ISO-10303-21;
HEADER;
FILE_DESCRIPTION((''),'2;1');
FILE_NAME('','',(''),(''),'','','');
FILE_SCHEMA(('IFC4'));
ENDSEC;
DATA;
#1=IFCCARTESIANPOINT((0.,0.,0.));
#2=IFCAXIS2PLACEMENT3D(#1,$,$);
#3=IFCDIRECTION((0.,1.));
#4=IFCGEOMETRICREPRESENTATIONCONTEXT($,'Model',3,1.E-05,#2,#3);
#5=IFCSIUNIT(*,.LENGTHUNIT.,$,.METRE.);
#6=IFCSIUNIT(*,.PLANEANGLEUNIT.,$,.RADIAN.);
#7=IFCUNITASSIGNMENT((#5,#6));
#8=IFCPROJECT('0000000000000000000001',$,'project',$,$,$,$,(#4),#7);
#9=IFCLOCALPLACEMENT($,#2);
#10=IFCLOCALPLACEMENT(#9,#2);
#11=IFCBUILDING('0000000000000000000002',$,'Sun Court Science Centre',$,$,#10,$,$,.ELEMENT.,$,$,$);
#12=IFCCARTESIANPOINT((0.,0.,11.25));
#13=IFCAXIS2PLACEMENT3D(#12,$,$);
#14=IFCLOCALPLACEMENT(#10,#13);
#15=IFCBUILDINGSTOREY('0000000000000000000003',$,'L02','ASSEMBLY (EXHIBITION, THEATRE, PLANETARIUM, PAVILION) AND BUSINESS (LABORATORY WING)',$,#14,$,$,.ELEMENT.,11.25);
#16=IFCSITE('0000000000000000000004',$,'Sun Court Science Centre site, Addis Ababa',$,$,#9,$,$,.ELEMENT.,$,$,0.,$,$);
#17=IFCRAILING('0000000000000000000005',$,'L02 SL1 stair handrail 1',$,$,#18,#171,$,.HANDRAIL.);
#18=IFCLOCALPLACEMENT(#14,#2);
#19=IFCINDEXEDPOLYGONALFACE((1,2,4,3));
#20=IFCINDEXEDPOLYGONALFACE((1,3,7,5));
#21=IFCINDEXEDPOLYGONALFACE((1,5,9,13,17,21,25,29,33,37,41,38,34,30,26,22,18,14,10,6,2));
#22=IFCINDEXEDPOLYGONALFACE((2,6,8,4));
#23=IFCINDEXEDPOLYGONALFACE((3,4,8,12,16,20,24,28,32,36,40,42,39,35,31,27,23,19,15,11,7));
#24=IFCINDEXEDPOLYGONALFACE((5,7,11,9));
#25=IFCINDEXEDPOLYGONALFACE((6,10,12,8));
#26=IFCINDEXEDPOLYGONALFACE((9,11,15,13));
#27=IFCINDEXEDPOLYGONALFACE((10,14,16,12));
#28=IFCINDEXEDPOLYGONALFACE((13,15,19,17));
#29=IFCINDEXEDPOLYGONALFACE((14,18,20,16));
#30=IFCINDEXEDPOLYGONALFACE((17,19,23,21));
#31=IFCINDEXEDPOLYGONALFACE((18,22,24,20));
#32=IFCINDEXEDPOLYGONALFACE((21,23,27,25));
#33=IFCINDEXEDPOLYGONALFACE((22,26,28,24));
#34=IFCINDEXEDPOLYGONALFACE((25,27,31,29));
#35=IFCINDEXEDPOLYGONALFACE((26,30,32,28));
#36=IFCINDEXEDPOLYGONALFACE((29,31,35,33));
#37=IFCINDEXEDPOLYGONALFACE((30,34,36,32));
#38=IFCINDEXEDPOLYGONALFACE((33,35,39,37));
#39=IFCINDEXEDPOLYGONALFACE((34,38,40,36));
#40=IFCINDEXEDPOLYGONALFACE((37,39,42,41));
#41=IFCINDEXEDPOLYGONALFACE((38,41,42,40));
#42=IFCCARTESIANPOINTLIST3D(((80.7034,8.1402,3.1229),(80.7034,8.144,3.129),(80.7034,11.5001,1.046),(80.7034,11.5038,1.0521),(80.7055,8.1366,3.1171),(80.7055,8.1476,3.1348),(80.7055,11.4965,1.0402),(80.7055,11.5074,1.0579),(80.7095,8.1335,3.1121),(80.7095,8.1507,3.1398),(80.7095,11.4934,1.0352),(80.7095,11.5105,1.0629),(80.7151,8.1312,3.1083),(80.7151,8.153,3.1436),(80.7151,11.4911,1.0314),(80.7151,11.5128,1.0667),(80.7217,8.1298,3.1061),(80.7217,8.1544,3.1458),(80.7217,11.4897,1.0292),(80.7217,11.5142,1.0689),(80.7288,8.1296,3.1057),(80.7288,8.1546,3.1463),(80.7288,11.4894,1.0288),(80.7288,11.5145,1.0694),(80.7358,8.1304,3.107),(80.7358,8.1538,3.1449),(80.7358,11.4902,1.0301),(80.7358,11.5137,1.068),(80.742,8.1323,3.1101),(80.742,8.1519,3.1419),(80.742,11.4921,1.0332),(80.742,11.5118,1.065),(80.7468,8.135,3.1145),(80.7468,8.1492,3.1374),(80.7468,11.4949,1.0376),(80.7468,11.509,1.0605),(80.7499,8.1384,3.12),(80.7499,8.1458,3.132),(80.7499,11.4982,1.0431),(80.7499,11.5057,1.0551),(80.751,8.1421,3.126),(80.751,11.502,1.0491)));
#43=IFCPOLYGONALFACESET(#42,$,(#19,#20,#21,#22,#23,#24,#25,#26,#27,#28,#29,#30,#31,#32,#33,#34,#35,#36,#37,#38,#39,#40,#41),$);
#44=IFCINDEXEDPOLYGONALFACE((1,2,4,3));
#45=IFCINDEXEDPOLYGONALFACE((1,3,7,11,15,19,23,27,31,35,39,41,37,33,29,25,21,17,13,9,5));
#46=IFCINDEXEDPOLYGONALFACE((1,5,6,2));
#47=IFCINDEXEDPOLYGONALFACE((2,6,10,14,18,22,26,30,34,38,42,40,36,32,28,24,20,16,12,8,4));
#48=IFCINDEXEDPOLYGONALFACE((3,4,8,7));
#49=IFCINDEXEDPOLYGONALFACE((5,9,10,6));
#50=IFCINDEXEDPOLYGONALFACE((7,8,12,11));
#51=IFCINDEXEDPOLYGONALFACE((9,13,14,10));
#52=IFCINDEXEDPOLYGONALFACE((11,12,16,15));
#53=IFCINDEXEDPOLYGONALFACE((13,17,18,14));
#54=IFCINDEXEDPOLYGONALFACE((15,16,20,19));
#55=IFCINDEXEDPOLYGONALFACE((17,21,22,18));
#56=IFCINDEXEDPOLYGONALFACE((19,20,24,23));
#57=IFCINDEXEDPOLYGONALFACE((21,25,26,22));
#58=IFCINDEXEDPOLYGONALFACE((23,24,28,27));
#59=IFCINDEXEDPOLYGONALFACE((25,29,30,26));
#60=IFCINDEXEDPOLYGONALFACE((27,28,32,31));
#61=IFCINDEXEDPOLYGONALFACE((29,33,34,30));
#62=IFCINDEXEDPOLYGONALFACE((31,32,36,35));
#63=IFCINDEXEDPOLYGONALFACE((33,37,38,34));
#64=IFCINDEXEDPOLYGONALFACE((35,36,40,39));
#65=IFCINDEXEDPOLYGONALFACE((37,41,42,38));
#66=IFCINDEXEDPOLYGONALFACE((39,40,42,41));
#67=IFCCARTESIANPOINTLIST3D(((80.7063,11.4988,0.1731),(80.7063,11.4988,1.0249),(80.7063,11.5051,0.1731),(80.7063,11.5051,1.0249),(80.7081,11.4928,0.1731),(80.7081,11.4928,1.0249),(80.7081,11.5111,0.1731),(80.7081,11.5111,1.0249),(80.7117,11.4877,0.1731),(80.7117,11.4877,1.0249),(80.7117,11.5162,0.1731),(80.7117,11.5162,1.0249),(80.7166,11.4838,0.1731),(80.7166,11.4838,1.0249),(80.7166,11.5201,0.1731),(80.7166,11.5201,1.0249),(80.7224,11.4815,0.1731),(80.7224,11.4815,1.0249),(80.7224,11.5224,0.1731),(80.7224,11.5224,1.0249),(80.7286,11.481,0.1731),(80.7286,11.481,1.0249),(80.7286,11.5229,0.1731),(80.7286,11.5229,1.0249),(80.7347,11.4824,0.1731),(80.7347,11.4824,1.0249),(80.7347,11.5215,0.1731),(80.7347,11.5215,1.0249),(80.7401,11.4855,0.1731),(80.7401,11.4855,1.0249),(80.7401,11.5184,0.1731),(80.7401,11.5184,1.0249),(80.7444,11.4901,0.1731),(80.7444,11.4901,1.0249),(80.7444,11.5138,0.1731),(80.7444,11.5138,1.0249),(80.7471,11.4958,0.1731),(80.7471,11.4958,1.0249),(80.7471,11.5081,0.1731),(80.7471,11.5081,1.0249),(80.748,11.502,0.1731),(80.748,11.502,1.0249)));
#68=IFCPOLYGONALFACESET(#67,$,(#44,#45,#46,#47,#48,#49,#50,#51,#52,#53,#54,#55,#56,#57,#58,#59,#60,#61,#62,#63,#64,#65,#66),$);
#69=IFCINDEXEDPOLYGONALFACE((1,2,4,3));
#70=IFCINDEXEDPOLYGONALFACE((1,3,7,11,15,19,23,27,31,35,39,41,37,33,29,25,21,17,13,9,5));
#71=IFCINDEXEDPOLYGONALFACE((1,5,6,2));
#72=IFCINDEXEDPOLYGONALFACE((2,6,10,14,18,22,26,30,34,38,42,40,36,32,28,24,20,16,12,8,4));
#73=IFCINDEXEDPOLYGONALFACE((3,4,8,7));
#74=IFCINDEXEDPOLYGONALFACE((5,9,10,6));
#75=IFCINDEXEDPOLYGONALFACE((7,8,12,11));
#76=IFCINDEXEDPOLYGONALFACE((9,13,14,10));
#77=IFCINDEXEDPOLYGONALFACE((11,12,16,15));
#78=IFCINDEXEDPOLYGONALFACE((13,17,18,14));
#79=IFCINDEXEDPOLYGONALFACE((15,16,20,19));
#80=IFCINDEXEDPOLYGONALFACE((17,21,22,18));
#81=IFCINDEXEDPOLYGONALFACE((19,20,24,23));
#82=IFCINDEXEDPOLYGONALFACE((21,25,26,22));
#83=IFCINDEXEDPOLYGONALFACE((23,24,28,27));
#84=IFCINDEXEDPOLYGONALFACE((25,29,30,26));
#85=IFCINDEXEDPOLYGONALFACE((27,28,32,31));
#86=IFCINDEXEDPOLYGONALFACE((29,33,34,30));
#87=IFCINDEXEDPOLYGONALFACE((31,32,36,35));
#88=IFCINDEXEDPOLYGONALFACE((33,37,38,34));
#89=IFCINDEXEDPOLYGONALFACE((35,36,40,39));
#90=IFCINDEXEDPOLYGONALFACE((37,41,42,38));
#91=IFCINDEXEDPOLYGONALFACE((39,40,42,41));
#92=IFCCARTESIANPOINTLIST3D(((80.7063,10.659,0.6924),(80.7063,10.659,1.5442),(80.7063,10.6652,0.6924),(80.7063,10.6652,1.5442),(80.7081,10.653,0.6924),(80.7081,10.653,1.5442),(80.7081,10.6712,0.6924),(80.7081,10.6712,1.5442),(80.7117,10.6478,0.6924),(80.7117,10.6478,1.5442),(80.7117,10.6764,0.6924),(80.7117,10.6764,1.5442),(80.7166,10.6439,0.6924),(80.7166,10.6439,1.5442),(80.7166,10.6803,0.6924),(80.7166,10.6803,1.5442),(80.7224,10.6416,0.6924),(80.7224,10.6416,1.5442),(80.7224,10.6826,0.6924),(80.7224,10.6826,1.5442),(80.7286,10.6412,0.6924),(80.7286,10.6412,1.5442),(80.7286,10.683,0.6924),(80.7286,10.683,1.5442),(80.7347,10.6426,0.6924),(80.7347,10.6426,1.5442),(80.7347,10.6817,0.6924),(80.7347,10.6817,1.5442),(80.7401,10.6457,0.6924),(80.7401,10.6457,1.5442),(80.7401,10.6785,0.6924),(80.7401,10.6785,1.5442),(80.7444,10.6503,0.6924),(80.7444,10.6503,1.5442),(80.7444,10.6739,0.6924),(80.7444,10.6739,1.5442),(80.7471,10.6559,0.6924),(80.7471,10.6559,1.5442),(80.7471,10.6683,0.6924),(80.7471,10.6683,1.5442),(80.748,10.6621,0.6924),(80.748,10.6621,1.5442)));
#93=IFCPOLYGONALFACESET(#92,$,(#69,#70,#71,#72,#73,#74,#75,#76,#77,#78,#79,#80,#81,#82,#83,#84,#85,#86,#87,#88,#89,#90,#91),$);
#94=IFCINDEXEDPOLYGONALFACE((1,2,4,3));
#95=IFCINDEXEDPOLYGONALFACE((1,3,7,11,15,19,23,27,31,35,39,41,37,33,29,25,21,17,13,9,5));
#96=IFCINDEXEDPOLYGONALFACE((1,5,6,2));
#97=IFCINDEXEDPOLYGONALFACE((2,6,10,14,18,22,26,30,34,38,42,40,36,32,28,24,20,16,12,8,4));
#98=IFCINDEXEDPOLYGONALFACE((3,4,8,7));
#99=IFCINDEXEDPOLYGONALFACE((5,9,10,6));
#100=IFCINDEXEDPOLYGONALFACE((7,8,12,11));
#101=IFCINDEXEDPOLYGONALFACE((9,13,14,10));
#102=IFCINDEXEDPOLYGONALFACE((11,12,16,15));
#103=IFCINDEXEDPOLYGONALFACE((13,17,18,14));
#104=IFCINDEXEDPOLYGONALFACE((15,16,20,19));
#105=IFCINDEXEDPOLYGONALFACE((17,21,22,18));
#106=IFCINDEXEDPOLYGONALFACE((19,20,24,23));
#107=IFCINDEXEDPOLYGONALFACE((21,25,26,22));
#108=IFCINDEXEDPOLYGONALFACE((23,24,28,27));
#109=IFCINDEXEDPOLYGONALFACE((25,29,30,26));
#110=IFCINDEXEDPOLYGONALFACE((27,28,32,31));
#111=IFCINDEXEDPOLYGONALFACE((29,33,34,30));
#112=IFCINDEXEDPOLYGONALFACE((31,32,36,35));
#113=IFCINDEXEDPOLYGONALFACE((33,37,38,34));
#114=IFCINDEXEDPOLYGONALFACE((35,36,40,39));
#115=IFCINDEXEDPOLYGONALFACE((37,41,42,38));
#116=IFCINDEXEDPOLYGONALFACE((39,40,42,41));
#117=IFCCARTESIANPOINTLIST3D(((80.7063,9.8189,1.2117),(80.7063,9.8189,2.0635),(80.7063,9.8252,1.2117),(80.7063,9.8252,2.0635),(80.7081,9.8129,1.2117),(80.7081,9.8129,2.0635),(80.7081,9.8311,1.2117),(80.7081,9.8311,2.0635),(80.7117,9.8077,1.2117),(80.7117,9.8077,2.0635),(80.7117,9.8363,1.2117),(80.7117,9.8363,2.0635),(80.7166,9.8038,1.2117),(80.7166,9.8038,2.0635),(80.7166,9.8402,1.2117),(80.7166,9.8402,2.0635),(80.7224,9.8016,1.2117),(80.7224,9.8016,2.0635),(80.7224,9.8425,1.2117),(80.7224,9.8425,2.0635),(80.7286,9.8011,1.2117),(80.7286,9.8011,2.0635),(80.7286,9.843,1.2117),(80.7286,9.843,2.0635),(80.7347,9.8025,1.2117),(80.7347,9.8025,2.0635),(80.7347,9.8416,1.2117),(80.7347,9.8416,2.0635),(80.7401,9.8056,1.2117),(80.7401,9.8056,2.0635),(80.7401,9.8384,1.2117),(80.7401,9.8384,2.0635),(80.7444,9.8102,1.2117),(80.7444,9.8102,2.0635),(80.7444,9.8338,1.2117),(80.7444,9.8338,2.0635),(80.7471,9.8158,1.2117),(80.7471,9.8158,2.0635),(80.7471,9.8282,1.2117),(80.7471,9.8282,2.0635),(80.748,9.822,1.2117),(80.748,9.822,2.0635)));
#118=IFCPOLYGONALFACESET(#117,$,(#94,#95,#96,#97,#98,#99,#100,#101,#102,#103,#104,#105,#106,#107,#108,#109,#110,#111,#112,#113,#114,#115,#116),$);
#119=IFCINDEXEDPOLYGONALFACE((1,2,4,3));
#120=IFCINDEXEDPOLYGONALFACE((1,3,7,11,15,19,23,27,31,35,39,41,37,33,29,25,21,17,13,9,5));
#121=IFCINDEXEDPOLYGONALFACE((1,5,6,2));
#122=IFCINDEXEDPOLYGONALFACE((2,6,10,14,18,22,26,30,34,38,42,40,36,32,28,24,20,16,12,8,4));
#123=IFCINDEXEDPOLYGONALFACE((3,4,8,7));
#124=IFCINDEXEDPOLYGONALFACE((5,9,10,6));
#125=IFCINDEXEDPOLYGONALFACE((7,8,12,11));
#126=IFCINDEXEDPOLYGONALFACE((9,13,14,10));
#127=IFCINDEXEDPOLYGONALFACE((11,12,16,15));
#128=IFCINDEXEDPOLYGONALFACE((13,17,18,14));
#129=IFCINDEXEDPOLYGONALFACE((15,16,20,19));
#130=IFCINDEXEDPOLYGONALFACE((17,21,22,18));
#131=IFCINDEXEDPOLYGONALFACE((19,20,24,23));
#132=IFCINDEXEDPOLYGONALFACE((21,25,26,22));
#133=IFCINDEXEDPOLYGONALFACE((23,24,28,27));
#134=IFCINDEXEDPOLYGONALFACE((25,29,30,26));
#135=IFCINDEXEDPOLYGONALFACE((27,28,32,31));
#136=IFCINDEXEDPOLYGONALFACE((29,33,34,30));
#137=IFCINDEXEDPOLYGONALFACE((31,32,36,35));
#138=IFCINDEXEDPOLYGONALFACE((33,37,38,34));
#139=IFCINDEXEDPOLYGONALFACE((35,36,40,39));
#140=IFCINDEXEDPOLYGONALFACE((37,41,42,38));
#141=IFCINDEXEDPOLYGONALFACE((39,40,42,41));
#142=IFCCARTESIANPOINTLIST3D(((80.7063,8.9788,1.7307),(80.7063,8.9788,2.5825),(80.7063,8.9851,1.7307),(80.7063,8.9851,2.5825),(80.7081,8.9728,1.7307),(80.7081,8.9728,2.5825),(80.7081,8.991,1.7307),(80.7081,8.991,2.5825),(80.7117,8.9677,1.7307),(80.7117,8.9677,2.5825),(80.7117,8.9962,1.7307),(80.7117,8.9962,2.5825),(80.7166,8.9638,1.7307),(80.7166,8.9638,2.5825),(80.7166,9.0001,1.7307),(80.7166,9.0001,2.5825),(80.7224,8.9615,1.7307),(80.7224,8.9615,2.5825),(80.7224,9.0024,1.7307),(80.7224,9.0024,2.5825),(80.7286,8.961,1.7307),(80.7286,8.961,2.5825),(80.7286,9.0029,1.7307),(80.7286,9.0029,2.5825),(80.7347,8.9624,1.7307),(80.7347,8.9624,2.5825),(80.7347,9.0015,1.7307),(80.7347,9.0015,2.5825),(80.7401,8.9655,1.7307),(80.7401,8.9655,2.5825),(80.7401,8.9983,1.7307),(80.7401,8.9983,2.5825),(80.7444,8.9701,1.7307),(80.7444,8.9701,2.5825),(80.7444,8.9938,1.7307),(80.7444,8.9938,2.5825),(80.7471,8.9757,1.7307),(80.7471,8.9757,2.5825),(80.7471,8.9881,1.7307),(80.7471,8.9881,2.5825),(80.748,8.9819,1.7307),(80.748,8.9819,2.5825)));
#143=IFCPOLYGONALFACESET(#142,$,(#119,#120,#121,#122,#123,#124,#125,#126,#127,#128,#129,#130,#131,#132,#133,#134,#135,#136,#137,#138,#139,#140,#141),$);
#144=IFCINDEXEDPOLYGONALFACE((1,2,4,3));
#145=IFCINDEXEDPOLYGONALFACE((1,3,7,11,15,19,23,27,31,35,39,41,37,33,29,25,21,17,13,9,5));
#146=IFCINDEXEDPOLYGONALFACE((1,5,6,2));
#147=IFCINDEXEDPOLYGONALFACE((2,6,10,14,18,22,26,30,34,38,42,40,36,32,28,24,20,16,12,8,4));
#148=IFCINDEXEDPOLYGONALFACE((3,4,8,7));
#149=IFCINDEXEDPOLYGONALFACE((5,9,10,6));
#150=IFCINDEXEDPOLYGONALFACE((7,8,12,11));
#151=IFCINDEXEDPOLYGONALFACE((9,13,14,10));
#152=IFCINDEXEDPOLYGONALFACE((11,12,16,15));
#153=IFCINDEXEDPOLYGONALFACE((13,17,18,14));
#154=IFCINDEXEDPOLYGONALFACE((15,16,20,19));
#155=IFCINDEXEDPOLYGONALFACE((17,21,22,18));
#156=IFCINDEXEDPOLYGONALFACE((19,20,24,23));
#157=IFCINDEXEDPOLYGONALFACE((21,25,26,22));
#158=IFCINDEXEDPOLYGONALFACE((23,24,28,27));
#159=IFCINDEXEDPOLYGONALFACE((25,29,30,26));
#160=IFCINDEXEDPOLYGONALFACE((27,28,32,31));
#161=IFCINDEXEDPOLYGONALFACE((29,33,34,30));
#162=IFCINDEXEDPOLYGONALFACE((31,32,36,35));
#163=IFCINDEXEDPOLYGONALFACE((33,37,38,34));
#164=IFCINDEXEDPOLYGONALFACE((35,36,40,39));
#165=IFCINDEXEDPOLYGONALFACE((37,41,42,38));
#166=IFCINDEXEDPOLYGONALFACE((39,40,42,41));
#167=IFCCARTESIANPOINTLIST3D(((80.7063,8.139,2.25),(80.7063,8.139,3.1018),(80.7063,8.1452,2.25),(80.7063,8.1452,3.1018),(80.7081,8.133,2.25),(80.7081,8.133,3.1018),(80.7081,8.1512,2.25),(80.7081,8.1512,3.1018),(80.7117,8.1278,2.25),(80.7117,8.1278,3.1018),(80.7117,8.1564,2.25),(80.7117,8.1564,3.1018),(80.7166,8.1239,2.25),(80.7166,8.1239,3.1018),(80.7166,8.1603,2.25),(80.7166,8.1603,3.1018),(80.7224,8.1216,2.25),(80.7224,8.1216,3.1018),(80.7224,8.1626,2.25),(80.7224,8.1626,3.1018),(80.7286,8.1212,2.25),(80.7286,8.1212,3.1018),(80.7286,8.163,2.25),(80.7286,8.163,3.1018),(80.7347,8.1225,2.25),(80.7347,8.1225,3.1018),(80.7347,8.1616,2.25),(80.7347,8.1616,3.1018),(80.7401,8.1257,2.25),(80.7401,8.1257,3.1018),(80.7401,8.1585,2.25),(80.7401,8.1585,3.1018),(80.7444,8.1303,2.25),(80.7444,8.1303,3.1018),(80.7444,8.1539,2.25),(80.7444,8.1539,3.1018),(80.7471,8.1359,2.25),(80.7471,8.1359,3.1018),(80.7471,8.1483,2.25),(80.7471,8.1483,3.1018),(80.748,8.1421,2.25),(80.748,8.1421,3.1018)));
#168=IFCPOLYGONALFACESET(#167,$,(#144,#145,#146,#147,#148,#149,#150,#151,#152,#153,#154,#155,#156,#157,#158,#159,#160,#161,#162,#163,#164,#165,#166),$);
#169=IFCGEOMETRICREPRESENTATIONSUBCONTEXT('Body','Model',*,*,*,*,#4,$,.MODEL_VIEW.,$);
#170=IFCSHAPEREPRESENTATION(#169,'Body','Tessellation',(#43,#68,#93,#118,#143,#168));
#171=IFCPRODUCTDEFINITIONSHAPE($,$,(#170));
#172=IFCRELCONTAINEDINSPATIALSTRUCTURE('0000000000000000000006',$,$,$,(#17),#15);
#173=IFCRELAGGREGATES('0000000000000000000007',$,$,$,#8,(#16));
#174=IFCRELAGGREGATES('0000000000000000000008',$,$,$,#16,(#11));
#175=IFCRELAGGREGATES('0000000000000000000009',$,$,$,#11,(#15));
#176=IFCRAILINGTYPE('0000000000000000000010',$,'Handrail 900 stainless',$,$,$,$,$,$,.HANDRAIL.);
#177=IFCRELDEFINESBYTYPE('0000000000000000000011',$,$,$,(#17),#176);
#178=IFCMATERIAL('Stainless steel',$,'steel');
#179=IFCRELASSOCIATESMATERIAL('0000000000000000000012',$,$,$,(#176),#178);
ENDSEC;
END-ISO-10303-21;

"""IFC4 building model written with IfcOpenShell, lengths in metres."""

from ifc_helpers import new_model, si_unit, direction, frame, origin, origin_2d, place, context, subcontext, project, spatial, circle, extrude, material, type_object, element, save


model = new_model("IFC4")

# Units and contexts
model_context = context("Model", 3, precision=1e-05, world=origin(), true_north=direction((0.0, 1.0)))
body_context = subcontext(model_context, "Body", "Model", "MODEL_VIEW")
ifc_project = project(units=[si_unit("LENGTHUNIT", "METRE"), si_unit("PLANEANGLEUNIT", "RADIAN")], contexts=[model_context])

# Site, building, storey
site_placement = place(None, origin())
site = spatial("IfcSite", under=ifc_project, at=site_placement, Name="Sun Court Science Centre site, Addis Ababa", CompositionType="ELEMENT", RefElevation=0.0)
building_placement = place(site_placement, origin())
building = spatial("IfcBuilding", under=site, at=building_placement, Name="Sun Court Science Centre", CompositionType="ELEMENT")
storey_placement = place(building_placement, frame((0.0, 0.0, 11.25)))
storey = spatial("IfcBuildingStorey", under=building, at=storey_placement, Name="L02", Description="ASSEMBLY (EXHIBITION, THEATRE, PLANETARIUM, PAVILION) AND BUSINESS (LABORATORY WING)", CompositionType="ELEMENT", Elevation=11.25)

# Railing
ifc_material_1 = material(Name="Stainless steel", Category="steel")
railing_type_1 = type_object("IfcRailingType", Name="Handrail 900 stainless", PredefinedType="HANDRAIL", material=ifc_material_1)
railing_1_placement = place(storey_placement, frame((80.7271, 11.502, 0.1731)))
element("IfcRailing", 1, at=railing_1_placement, inside=storey, type_object=railing_type_1, Name="L02 SL1 stair handrail 1", PredefinedType="HANDRAIL", context=body_context, shape_type="SweptSolid", body=[
    extrude(circle(Radius=0.0239, at=origin_2d()), frame((0.0, 0.0, 0.876), z_axis=(0.0, -0.850606, 0.525803), x_axis=(1.0, 0.0, 0.0)), (0.0, 0.0, 1.0), 3.95),
    extrude(circle(Radius=0.021, at=origin_2d()), origin(), (0.0, 0.0, 1.0), 0.8518),
    extrude(circle(Radius=0.021, at=origin_2d()), frame((0.0, -0.8398, 0.5193)), (0.0, 0.0, 1.0), 0.8518),
    extrude(circle(Radius=0.021, at=origin_2d()), frame((0.0, -1.6799, 1.0386)), (0.0, 0.0, 1.0), 0.8518),
    extrude(circle(Radius=0.021, at=origin_2d()), frame((0.0, -2.52, 1.5576)), (0.0, 0.0, 1.0), 0.8518),
    extrude(circle(Radius=0.021, at=origin_2d()), frame((0.0, -3.3599, 2.0769)), (0.0, 0.0, 1.0), 0.8518),
])

save(model, "model.ifc")
